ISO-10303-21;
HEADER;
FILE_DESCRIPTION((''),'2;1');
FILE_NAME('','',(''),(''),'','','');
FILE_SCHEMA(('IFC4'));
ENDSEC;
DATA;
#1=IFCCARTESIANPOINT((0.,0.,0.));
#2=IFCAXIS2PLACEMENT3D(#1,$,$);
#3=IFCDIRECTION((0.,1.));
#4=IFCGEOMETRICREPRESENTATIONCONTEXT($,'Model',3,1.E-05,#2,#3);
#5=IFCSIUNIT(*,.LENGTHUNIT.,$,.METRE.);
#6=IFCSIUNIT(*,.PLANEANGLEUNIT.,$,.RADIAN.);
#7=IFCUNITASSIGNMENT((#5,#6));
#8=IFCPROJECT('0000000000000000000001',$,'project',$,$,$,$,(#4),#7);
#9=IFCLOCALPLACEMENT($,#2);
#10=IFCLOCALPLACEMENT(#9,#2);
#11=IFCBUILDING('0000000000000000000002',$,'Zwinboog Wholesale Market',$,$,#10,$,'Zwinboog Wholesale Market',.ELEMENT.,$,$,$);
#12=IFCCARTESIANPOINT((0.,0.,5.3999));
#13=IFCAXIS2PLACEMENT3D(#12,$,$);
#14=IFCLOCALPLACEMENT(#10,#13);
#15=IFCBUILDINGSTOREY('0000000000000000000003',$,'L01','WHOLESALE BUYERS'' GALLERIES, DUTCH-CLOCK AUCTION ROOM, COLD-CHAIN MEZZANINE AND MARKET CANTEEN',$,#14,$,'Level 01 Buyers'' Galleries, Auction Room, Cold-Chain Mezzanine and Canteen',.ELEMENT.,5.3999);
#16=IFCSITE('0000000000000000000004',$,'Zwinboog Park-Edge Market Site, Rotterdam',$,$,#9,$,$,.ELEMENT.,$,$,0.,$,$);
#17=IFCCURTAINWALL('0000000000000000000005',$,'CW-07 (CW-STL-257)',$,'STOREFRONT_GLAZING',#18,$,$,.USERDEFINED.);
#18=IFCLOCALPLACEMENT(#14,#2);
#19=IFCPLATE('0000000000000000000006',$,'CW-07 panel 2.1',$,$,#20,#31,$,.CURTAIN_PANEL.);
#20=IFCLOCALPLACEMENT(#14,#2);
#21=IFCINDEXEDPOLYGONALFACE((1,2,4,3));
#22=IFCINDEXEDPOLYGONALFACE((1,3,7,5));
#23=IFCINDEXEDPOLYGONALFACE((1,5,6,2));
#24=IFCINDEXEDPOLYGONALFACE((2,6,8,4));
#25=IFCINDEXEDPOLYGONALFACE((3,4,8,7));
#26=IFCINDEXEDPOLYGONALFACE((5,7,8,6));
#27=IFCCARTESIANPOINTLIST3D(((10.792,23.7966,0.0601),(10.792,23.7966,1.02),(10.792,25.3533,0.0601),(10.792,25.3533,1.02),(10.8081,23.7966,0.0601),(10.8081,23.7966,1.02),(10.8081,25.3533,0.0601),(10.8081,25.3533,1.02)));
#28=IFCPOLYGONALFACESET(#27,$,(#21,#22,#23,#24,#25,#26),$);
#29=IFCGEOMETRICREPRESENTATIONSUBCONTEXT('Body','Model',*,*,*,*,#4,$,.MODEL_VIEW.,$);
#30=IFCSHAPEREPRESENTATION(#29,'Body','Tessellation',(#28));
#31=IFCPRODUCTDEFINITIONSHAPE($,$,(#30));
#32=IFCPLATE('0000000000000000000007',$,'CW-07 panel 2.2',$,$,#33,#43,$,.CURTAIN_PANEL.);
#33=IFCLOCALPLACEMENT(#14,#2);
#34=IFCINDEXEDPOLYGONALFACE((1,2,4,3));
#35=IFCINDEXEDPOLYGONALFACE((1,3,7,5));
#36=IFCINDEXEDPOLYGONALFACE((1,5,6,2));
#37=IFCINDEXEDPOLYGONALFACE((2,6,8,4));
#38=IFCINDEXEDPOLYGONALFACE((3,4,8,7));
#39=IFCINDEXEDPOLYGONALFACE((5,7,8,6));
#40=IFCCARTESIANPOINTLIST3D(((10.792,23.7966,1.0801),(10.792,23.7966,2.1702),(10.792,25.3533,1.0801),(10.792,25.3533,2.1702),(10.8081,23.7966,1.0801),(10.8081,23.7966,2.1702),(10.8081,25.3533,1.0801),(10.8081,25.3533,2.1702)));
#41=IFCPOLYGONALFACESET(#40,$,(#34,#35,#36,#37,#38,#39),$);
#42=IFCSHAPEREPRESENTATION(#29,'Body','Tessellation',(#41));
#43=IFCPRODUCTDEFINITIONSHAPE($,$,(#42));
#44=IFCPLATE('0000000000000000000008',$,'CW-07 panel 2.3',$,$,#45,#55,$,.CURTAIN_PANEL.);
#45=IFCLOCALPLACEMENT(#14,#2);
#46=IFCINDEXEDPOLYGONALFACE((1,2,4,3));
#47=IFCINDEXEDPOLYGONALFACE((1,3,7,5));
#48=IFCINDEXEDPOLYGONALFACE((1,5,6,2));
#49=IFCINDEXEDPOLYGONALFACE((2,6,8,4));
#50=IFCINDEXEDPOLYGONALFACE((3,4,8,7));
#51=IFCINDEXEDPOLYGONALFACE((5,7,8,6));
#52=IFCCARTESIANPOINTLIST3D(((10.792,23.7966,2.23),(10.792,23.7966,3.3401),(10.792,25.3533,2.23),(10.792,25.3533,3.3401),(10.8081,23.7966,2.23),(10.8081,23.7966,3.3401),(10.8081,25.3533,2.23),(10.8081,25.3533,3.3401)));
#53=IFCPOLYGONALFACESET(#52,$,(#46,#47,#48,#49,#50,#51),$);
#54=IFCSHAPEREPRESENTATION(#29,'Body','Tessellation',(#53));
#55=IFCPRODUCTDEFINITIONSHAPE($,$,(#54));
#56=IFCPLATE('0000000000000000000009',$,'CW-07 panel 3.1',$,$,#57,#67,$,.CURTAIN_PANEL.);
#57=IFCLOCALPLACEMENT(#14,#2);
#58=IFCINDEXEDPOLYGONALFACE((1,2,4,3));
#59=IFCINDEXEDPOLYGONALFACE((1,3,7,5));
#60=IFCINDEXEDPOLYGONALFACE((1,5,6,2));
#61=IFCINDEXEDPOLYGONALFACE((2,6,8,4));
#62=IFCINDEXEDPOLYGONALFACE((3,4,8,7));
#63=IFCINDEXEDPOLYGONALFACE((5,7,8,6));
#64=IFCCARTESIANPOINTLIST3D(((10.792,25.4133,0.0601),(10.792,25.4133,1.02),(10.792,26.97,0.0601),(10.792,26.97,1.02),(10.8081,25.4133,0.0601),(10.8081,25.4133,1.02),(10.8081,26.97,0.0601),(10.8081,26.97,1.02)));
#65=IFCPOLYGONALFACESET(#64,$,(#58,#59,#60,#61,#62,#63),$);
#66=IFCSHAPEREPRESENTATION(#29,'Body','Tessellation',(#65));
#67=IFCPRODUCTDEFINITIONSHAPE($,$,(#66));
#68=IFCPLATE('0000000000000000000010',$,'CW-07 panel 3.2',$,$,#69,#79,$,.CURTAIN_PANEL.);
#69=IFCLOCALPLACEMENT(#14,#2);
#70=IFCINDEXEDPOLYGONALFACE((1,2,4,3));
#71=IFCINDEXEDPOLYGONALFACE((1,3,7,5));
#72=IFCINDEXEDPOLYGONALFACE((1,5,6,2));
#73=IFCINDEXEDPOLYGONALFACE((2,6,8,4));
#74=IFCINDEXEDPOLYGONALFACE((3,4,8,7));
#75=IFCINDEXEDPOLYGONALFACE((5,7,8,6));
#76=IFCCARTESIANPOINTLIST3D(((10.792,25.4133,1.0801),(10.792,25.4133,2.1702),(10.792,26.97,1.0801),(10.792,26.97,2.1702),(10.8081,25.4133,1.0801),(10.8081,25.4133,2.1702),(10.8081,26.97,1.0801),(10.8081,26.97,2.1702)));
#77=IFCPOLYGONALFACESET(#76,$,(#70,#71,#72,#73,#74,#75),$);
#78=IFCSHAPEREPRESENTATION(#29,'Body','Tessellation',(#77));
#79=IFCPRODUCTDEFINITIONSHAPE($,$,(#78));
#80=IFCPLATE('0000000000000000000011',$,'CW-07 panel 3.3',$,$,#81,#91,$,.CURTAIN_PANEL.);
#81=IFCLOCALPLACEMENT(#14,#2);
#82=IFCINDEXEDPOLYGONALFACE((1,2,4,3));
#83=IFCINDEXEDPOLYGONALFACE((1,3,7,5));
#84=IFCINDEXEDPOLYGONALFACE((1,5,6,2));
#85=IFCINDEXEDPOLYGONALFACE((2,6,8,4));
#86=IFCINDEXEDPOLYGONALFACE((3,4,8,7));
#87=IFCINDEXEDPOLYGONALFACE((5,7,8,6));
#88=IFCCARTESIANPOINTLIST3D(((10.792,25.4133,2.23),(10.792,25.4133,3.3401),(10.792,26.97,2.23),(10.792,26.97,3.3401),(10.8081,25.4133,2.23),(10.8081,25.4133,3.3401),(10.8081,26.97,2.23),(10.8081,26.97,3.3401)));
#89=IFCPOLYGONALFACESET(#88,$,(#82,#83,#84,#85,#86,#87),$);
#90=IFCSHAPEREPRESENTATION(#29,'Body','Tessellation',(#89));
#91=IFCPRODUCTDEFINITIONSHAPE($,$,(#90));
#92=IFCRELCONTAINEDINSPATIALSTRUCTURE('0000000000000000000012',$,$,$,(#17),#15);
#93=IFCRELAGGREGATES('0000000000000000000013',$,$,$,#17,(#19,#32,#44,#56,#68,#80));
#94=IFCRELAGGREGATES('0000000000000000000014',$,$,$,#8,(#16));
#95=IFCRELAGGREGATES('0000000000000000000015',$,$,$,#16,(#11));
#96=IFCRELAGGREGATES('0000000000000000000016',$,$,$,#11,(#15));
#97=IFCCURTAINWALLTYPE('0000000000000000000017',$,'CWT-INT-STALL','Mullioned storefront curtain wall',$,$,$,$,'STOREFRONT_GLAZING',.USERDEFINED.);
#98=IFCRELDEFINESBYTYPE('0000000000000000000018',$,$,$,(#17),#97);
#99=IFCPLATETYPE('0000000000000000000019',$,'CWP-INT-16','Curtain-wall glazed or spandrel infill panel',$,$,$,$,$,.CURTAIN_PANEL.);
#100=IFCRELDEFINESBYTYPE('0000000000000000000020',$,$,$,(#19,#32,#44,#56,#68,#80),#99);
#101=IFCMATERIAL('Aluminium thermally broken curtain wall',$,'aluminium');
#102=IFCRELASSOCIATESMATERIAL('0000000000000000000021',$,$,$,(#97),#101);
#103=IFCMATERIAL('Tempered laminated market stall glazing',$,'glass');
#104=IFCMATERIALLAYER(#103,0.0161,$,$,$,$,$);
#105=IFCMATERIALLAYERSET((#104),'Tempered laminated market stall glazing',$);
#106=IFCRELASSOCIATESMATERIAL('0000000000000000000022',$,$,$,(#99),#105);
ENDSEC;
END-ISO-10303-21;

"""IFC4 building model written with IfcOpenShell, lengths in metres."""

from ifc_helpers import new_model, si_unit, direction, frame, origin, origin_2d, place, context, subcontext, project, spatial, rectangle, extrude, material, layer, layer_set, type_object, element, aggregate, save


model = new_model("IFC4")

# Units and contexts
model_context = context("Model", 3, precision=1e-05, world=origin(), true_north=direction((0.0, 1.0)))
body_context = subcontext(model_context, "Body", "Model", "MODEL_VIEW")
ifc_project = project(units=[si_unit("LENGTHUNIT", "METRE"), si_unit("PLANEANGLEUNIT", "RADIAN")], contexts=[model_context])

# Site, building, storey
site_placement = place(None, origin())
site = spatial("IfcSite", under=ifc_project, at=site_placement, Name="Zwinboog Park-Edge Market Site, Rotterdam", CompositionType="ELEMENT", RefElevation=0.0)
building_placement = place(site_placement, origin())
building = spatial("IfcBuilding", under=site, at=building_placement, Name="Zwinboog Wholesale Market", LongName="Zwinboog Wholesale Market", CompositionType="ELEMENT")
storey_placement = place(building_placement, frame((0.0, 0.0, 5.3999)))
storey = spatial("IfcBuildingStorey", under=building, at=storey_placement, Name="L01", Description="WHOLESALE BUYERS' GALLERIES, DUTCH-CLOCK AUCTION ROOM, COLD-CHAIN MEZZANINE AND MARKET CANTEEN", LongName="Level 01 Buyers' Galleries, Auction Room, Cold-Chain Mezzanine and Canteen", CompositionType="ELEMENT", Elevation=5.3999)

# Curtain wall, plates
ifc_material_1 = material(Name="Aluminium thermally broken curtain wall", Category="aluminium")
curtain_wall_type = type_object("IfcCurtainWallType", Name="CWT-INT-STALL", Description="Mullioned storefront curtain wall", ElementType="STOREFRONT_GLAZING", PredefinedType="USERDEFINED", material=ifc_material_1)
curtain_wall_placement = place(storey_placement, origin())
curtain_wall = element("IfcCurtainWall", 1, at=curtain_wall_placement, inside=storey, type_object=curtain_wall_type, Name="CW-07 (CW-STL-257)", ObjectType="STOREFRONT_GLAZING", PredefinedType="USERDEFINED")
ifc_material_2 = material(Name="Tempered laminated market stall glazing", Category="glass")
ifc_layer = layer(ifc_material_2, 0.0161)
ifc_layer_set = layer_set([ifc_layer], Name="Tempered laminated market stall glazing")
plate_type = type_object("IfcPlateType", Name="CWP-INT-16", Description="Curtain-wall glazed or spandrel infill panel", PredefinedType="CURTAIN_PANEL", material=ifc_layer_set)
plate_1_placement = place(storey_placement, frame((10.8, 24.575, 0.0601), z_axis=(0.0, 0.0, 1.0), x_axis=(0.0, 1.0, 0.0)))
plate_1 = element("IfcPlate", 2, at=plate_1_placement, type_object=plate_type, Name="CW-07 panel 2.1", PredefinedType="CURTAIN_PANEL", context=body_context, shape_type="SweptSolid", body=[
    extrude(rectangle(XDim=1.5566, YDim=0.0161, at=origin_2d()), origin(), (0.0, 0.0, 1.0), 0.96),
])
plate_2_placement = place(storey_placement, frame((10.8, 24.575, 1.0801), z_axis=(0.0, 0.0, 1.0), x_axis=(0.0, 1.0, 0.0)))
plate_2 = element("IfcPlate", 3, at=plate_2_placement, type_object=plate_type, Name="CW-07 panel 2.2", PredefinedType="CURTAIN_PANEL", context=body_context, shape_type="SweptSolid", body=[
    extrude(rectangle(XDim=1.5566, YDim=0.0161, at=origin_2d()), origin(), (0.0, 0.0, 1.0), 1.0901),
])
plate_3_placement = place(storey_placement, frame((10.8, 24.575, 2.23), z_axis=(0.0, 0.0, 1.0), x_axis=(0.0, 1.0, 0.0)))
plate_3 = element("IfcPlate", 4, at=plate_3_placement, type_object=plate_type, Name="CW-07 panel 2.3", PredefinedType="CURTAIN_PANEL", context=body_context, shape_type="SweptSolid", body=[
    extrude(rectangle(XDim=1.5566, YDim=0.0161, at=origin_2d()), origin(), (0.0, 0.0, 1.0), 1.1101),
])
plate_4_placement = place(storey_placement, frame((10.8, 26.1917, 0.0601), z_axis=(0.0, 0.0, 1.0), x_axis=(0.0, 1.0, 0.0)))
plate_4 = element("IfcPlate", 5, at=plate_4_placement, type_object=plate_type, Name="CW-07 panel 3.1", PredefinedType="CURTAIN_PANEL", context=body_context, shape_type="SweptSolid", body=[
    extrude(rectangle(XDim=1.5566, YDim=0.0161, at=origin_2d()), origin(), (0.0, 0.0, 1.0), 0.96),
])
plate_5_placement = place(storey_placement, frame((10.8, 26.1917, 1.0801), z_axis=(0.0, 0.0, 1.0), x_axis=(0.0, 1.0, 0.0)))
plate_5 = element("IfcPlate", 6, at=plate_5_placement, type_object=plate_type, Name="CW-07 panel 3.2", PredefinedType="CURTAIN_PANEL", context=body_context, shape_type="SweptSolid", body=[
    extrude(rectangle(XDim=1.5566, YDim=0.0161, at=origin_2d()), origin(), (0.0, 0.0, 1.0), 1.0901),
])
plate_6_placement = place(storey_placement, frame((10.8, 26.1917, 2.23), z_axis=(0.0, 0.0, 1.0), x_axis=(0.0, 1.0, 0.0)))
plate_6 = element("IfcPlate", 7, at=plate_6_placement, type_object=plate_type, Name="CW-07 panel 3.3", PredefinedType="CURTAIN_PANEL", context=body_context, shape_type="SweptSolid", body=[
    extrude(rectangle(XDim=1.5566, YDim=0.0161, at=origin_2d()), origin(), (0.0, 0.0, 1.0), 1.1101),
])
aggregate(curtain_wall, [plate_1, plate_2, plate_3, plate_4, plate_5, plate_6])

save(model, "model.ifc")
